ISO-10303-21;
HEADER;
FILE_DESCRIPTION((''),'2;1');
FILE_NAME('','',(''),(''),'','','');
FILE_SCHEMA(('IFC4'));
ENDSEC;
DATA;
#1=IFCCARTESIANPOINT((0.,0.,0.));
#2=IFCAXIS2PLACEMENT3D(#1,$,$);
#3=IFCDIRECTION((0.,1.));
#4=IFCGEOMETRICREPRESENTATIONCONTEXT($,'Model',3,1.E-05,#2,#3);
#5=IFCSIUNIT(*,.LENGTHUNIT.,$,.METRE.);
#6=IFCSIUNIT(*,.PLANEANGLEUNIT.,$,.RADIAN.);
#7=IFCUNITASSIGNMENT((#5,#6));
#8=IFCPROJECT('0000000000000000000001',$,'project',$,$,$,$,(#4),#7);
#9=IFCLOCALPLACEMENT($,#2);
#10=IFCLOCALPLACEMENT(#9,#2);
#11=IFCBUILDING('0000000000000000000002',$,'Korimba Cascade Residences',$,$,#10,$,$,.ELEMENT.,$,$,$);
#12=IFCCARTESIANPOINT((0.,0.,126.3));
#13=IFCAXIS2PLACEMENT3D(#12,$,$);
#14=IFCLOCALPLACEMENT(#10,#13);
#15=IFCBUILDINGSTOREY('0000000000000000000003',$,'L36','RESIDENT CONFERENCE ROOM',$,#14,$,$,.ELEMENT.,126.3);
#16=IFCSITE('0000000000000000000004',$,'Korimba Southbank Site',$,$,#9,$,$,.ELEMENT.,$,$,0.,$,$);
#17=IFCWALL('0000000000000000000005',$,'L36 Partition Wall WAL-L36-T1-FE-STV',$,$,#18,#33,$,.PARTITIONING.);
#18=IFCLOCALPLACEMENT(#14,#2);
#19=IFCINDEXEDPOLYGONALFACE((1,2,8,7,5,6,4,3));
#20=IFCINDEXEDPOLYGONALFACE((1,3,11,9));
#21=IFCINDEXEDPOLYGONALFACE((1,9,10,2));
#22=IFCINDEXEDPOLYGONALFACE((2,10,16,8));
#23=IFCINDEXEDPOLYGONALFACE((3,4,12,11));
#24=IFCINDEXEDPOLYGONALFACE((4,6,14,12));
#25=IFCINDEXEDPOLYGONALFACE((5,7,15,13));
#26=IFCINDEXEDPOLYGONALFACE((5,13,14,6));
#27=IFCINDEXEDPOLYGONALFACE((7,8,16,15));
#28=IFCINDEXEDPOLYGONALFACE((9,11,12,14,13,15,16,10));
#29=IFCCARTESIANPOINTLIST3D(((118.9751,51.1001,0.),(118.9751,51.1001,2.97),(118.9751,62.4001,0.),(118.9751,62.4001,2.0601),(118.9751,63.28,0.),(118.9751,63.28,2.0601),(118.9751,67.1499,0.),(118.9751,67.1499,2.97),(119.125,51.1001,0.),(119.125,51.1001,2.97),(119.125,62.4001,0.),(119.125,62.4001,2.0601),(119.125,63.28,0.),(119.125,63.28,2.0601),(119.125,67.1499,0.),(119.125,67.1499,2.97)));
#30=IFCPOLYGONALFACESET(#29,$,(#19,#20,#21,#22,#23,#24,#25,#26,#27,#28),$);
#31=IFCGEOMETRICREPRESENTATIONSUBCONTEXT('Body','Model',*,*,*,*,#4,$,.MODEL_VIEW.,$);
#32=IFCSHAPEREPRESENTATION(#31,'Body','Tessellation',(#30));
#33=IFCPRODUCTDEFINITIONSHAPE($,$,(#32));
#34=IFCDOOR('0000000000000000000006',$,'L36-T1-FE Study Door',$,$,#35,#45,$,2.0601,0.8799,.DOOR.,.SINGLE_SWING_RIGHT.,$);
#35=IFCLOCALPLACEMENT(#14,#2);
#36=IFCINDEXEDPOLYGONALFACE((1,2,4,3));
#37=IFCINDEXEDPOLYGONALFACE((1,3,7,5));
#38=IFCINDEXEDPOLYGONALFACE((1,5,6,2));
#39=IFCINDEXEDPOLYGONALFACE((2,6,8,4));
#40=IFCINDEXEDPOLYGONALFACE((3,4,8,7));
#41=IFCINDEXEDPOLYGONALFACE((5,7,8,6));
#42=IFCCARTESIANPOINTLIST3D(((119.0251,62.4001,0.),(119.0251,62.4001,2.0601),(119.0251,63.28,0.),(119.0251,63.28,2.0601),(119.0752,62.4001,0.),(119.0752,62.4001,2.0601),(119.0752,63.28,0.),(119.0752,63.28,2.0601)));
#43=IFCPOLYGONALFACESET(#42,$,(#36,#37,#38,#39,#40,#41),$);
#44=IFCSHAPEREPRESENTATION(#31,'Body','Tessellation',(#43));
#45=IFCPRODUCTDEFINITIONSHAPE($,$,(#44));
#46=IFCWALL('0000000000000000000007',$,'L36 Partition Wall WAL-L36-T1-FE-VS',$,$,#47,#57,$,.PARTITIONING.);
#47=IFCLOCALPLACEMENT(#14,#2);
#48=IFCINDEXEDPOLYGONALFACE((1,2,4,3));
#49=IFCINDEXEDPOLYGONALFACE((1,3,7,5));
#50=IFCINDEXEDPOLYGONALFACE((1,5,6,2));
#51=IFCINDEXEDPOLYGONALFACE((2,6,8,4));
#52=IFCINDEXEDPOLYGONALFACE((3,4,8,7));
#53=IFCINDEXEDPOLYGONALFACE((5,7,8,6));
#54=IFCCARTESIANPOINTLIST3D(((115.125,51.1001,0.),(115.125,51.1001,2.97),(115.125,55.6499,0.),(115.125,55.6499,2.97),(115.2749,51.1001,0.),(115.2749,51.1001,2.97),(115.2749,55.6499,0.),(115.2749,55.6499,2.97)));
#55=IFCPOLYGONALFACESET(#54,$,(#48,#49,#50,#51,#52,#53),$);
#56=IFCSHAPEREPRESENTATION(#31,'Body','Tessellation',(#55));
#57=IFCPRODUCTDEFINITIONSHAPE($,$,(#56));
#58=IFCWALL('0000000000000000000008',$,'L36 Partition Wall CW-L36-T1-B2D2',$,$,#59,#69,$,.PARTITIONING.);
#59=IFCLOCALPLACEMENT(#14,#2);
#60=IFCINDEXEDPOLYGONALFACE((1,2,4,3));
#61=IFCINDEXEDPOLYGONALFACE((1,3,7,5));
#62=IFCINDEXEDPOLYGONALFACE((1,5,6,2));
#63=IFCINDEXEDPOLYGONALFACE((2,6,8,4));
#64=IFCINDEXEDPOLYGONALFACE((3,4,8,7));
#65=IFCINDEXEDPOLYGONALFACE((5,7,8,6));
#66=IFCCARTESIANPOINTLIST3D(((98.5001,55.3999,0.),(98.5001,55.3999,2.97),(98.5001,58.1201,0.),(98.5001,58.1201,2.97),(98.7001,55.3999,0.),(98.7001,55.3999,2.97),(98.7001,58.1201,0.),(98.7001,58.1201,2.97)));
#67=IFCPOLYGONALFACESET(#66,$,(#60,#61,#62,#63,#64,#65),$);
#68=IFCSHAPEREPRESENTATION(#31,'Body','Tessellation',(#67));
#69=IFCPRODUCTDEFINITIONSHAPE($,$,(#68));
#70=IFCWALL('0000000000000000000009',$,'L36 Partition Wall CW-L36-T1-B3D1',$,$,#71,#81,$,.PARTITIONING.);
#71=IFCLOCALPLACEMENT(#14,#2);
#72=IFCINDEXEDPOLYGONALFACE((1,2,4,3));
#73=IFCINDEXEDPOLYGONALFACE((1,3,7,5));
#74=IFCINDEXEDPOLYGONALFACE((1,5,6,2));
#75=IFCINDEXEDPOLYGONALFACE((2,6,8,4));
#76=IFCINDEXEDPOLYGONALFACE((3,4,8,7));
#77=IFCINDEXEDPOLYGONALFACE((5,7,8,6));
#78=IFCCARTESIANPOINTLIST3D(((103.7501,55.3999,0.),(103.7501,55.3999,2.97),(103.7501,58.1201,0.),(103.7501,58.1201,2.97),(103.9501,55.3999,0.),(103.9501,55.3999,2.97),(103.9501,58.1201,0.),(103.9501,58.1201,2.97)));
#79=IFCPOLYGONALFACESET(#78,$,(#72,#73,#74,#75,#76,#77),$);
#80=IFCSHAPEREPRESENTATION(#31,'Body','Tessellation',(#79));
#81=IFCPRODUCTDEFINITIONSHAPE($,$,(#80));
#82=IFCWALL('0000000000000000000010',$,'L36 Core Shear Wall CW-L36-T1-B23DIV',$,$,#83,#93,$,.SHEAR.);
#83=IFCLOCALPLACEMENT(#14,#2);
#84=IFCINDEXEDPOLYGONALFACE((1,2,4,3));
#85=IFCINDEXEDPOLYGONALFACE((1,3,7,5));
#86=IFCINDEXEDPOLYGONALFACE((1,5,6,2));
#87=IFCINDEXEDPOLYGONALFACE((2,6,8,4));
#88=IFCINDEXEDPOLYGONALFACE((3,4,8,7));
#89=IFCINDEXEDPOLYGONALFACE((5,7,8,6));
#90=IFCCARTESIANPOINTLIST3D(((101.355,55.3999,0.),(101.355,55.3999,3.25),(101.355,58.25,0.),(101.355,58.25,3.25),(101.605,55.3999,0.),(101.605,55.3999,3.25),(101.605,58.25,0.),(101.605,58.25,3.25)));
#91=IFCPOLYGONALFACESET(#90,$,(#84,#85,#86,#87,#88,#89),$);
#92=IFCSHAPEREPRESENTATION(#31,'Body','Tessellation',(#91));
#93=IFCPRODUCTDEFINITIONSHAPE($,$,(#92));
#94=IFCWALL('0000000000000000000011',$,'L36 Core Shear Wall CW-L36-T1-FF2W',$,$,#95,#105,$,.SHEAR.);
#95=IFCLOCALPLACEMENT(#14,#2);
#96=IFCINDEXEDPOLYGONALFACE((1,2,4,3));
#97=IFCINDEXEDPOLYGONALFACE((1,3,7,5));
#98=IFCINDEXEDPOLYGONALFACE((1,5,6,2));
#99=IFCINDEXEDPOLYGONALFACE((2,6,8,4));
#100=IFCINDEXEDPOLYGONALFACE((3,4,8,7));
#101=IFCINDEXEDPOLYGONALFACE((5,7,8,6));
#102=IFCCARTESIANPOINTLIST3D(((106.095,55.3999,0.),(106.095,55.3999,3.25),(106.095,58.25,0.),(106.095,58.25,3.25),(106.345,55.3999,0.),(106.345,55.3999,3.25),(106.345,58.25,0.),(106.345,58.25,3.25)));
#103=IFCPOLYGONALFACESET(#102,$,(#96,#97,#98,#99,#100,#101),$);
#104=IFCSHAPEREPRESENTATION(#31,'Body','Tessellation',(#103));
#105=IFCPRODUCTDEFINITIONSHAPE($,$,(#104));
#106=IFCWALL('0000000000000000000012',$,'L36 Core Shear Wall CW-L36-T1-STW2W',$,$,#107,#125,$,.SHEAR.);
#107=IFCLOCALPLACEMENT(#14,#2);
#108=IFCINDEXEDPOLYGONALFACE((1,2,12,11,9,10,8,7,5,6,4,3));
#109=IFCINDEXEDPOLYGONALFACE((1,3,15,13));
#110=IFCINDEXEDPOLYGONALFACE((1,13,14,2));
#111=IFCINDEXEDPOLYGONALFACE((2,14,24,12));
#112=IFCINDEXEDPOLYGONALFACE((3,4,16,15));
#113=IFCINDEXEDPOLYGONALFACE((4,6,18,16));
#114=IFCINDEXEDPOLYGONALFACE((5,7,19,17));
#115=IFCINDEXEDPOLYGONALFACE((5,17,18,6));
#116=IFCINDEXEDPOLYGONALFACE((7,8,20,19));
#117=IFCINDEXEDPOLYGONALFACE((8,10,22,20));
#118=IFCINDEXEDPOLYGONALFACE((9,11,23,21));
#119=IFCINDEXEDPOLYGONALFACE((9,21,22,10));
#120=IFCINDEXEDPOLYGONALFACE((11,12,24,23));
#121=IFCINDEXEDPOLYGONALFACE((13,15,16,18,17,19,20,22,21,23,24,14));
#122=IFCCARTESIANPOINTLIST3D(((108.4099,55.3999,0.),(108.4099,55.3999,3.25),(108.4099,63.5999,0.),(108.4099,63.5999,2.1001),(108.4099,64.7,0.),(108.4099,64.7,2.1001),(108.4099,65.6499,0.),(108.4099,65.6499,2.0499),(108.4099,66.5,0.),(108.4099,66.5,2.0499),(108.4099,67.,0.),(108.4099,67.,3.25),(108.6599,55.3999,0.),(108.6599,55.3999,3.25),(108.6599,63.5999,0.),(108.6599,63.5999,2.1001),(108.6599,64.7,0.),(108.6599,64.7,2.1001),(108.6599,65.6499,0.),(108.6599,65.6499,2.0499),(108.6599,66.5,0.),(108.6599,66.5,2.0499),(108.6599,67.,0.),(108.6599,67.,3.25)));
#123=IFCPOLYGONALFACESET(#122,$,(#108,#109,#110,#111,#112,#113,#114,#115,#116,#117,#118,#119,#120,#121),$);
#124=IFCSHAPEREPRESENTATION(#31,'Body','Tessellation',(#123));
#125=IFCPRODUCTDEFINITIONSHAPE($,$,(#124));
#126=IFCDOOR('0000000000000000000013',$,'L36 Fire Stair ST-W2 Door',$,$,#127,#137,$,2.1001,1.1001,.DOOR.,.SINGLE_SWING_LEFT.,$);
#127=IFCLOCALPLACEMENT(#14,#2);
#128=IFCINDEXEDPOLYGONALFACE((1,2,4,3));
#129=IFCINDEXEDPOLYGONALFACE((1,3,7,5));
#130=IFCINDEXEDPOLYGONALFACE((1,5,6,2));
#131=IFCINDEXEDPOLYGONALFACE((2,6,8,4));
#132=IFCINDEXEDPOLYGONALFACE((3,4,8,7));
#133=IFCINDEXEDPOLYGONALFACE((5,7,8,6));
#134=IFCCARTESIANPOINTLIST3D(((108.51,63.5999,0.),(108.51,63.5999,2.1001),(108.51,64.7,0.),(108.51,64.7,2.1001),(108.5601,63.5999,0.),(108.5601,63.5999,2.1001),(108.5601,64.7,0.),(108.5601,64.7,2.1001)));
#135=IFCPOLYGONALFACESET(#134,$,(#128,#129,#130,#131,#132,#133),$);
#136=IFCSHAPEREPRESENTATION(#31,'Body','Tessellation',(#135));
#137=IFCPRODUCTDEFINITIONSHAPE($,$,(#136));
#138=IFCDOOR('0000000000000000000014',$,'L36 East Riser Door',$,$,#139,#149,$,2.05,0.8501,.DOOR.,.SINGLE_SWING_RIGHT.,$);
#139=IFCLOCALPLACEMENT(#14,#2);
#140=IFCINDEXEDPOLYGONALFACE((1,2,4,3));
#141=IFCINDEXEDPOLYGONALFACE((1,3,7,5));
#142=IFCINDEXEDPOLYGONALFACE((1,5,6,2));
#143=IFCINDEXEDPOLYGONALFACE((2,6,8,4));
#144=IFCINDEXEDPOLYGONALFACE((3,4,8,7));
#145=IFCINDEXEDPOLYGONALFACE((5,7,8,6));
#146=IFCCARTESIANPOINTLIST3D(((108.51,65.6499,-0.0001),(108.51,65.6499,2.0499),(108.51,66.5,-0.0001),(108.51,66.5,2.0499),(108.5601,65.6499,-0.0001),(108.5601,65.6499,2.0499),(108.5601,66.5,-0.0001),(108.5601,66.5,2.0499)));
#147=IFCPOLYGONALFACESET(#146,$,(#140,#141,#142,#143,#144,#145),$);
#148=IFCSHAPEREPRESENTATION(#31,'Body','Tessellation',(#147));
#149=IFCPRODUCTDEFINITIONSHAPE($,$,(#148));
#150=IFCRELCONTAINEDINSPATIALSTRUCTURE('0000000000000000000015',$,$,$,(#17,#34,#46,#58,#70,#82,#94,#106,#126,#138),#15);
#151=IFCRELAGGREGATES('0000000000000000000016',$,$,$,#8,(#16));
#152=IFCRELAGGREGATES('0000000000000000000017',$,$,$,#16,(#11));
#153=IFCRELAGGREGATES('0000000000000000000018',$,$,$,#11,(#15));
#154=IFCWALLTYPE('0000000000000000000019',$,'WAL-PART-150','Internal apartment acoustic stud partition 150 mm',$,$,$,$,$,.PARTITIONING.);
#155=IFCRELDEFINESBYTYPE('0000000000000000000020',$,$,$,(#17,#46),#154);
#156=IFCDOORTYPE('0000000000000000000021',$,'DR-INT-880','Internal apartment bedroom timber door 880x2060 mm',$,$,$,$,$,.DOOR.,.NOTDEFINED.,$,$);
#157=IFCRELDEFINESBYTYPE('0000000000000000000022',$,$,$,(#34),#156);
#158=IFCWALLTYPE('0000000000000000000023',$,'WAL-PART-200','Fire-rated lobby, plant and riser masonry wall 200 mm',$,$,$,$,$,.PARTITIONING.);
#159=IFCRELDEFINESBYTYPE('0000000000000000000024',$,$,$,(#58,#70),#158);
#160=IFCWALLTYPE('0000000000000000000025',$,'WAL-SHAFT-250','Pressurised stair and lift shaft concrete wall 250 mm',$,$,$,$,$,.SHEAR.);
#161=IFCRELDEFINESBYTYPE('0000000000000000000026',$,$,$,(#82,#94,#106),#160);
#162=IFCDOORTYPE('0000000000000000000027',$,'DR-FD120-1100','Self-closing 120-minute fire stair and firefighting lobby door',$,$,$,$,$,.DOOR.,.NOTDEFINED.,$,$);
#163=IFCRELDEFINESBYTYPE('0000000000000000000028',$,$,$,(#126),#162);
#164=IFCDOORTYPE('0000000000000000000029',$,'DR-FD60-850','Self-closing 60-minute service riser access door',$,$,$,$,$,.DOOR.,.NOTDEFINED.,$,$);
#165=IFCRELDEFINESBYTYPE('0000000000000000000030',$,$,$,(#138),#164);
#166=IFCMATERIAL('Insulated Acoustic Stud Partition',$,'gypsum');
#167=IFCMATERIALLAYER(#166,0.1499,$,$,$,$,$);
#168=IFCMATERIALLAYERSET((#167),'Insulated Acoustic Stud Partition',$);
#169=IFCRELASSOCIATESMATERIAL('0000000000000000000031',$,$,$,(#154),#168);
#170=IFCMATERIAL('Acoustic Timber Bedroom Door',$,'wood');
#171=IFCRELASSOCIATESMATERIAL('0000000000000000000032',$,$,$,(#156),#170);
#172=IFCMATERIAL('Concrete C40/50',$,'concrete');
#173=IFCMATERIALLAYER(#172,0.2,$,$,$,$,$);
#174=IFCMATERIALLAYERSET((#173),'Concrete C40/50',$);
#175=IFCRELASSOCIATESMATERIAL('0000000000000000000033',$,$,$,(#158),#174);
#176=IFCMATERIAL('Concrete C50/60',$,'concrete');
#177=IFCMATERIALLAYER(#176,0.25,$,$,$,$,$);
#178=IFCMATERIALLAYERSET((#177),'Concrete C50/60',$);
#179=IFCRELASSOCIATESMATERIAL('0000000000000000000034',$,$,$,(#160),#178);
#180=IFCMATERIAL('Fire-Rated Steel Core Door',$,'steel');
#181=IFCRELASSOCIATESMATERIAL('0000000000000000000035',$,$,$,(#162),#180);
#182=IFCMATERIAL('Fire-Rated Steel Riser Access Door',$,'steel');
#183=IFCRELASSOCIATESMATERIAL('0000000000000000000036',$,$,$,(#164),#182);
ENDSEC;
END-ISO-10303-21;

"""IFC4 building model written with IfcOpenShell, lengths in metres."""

from ifc_helpers import new_model, si_unit, direction, frame, frame_2d, origin, place, context, subcontext, project, spatial, rectangle, extrude, material, layer, layer_set, type_object, element, fill, save


model = new_model("IFC4")

# Units and contexts
model_context = context("Model", 3, precision=1e-05, world=origin(), true_north=direction((0.0, 1.0)))
body_context = subcontext(model_context, "Body", "Model", "MODEL_VIEW")
ifc_project = project(units=[si_unit("LENGTHUNIT", "METRE"), si_unit("PLANEANGLEUNIT", "RADIAN")], contexts=[model_context])

# Site, building, storey
site_placement = place(None, origin())
site = spatial("IfcSite", under=ifc_project, at=site_placement, Name="Korimba Southbank Site", CompositionType="ELEMENT", RefElevation=0.0)
building_placement = place(site_placement, origin())
building = spatial("IfcBuilding", under=site, at=building_placement, Name="Korimba Cascade Residences", CompositionType="ELEMENT")
storey_placement = place(building_placement, frame((0.0, 0.0, 126.3)))
storey = spatial("IfcBuildingStorey", under=building, at=storey_placement, Name="L36", Description="RESIDENT CONFERENCE ROOM", CompositionType="ELEMENT", Elevation=126.3)

# Wall, opening, door
ifc_material_1 = material(Name="Insulated Acoustic Stud Partition", Category="gypsum")
ifc_layer_1 = layer(ifc_material_1, 0.1499)
ifc_layer_set_1 = layer_set([ifc_layer_1], Name="Insulated Acoustic Stud Partition")
wall_type_1 = type_object("IfcWallType", Name="WAL-PART-150", Description="Internal apartment acoustic stud partition 150 mm", PredefinedType="PARTITIONING", material=ifc_layer_set_1)
wall_1_placement = place(storey_placement, frame((119.05, 51.1001, 0.0), z_axis=(0.0, 0.0, 1.0), x_axis=(0.0, 1.0, 0.0)))
wall_1 = element("IfcWall", 1, at=wall_1_placement, inside=storey, type_object=wall_type_1, Name="L36 Partition Wall WAL-L36-T1-FE-STV", PredefinedType="PARTITIONING", context=body_context, shape_type="SweptSolid", body=[
    extrude(rectangle(XDim=16.0498, YDim=0.1499, at=frame_2d((8.0249, 0.0))), origin(), (0.0, 0.0, 1.0), 2.97),
])
opening_1_placement = place(wall_1_placement, frame((11.3, 0.0, 0.0)))
opening_1 = element("IfcOpeningElement", 2, at=opening_1_placement, cuts=wall_1, PredefinedType="OPENING", context=body_context, shape_type="SweptSolid", body=[
    extrude(rectangle(XDim=0.8799, YDim=2.0601, at=frame_2d((0.4399, 1.03))), frame((0.0, 0.085, 0.0), z_axis=(0.0, -1.0, 0.0), x_axis=(1.0, 0.0, 0.0)), (0.0, 0.0, 1.0), 0.1699),
])
ifc_material_2 = material(Name="Acoustic Timber Bedroom Door", Category="wood")
door_type_1 = type_object("IfcDoorType", Name="DR-INT-880", Description="Internal apartment bedroom timber door 880x2060 mm", OperationType="NOTDEFINED", PredefinedType="DOOR", material=ifc_material_2)
door_1_placement = place(opening_1_placement, origin())
door_1 = element("IfcDoor", 3, at=door_1_placement, inside=storey, type_object=door_type_1, Name="L36-T1-FE Study Door", OperationType="SINGLE_SWING_RIGHT", OverallHeight=2.0601, OverallWidth=0.8799, PredefinedType="DOOR", context=body_context, shape_type="SweptSolid", body=[
    extrude(rectangle(XDim=0.8799, YDim=2.0601, at=frame_2d((0.4399, 1.03))), frame((0.0, 0.0249, 0.0), z_axis=(0.0, -1.0, 0.0), x_axis=(1.0, 0.0, 0.0)), (0.0, 0.0, 1.0), 0.05),
])
fill(opening_1, door_1)

# Walls
wall_2_placement = place(storey_placement, frame((115.2, 51.1001, 0.0), z_axis=(0.0, 0.0, 1.0), x_axis=(0.0, 1.0, 0.0)))
element("IfcWall", 4, at=wall_2_placement, inside=storey, type_object=wall_type_1, Name="L36 Partition Wall WAL-L36-T1-FE-VS", PredefinedType="PARTITIONING", context=body_context, shape_type="SweptSolid", body=[
    extrude(rectangle(XDim=4.5498, YDim=0.1499, at=frame_2d((2.2749, 0.0))), origin(), (0.0, 0.0, 1.0), 2.97),
])
ifc_material_3 = material(Name="Concrete C40/50", Category="concrete")
ifc_layer_2 = layer(ifc_material_3, 0.2)
ifc_layer_set_2 = layer_set([ifc_layer_2], Name="Concrete C40/50")
wall_type_2 = type_object("IfcWallType", Name="WAL-PART-200", Description="Fire-rated lobby, plant and riser masonry wall 200 mm", PredefinedType="PARTITIONING", material=ifc_layer_set_2)
for number, where, z_axis, x_axis, name in (
    (5, (98.6001, 55.3999, 0.0), (0.0, 0.0, 1.0), (0.0, 1.0, 0.0), "L36 Partition Wall CW-L36-T1-B2D2"),
    (6, (103.8501, 55.3999, 0.0), (0.0, 0.0, 1.0), (0.0, 1.0, 0.0), "L36 Partition Wall CW-L36-T1-B3D1"),
):
    element("IfcWall", number, at=place(storey_placement, frame(where, z_axis=z_axis, x_axis=x_axis)), inside=storey, type_object=wall_type_2, Name=name, PredefinedType="PARTITIONING", context=body_context, shape_type="SweptSolid", body=[
        extrude(rectangle(XDim=2.7202, YDim=0.2, at=frame_2d((1.3601, 0.0))), origin(), (0.0, 0.0, 1.0), 2.97),
    ])
ifc_material_4 = material(Name="Concrete C50/60", Category="concrete")
ifc_layer_3 = layer(ifc_material_4, 0.25)
ifc_layer_set_3 = layer_set([ifc_layer_3], Name="Concrete C50/60")
wall_type_3 = type_object("IfcWallType", Name="WAL-SHAFT-250", Description="Pressurised stair and lift shaft concrete wall 250 mm", PredefinedType="SHEAR", material=ifc_layer_set_3)
for number, where, z_axis, x_axis, name in (
    (7, (101.48, 55.3999, 0.0), (0.0, 0.0, 1.0), (0.0, 1.0, 0.0), "L36 Core Shear Wall CW-L36-T1-B23DIV"),
    (8, (106.22, 55.3999, 0.0), (0.0, 0.0, 1.0), (0.0, 1.0, 0.0), "L36 Core Shear Wall CW-L36-T1-FF2W"),
):
    element("IfcWall", number, at=place(storey_placement, frame(where, z_axis=z_axis, x_axis=x_axis)), inside=storey, type_object=wall_type_3, Name=name, PredefinedType="SHEAR", context=body_context, shape_type="SweptSolid", body=[
        extrude(rectangle(XDim=2.8501, YDim=0.25, at=frame_2d((1.425, 0.0))), origin(), (0.0, 0.0, 1.0), 3.25),
    ])

# Wall, openings, doors
wall_3_placement = place(storey_placement, frame((108.5349, 55.3999, 0.0), z_axis=(0.0, 0.0, 1.0), x_axis=(0.0, 1.0, 0.0)))
wall_3 = element("IfcWall", 9, at=wall_3_placement, inside=storey, type_object=wall_type_3, Name="L36 Core Shear Wall CW-L36-T1-STW2W", PredefinedType="SHEAR", context=body_context, shape_type="SweptSolid", body=[
    extrude(rectangle(XDim=11.6001, YDim=0.25, at=frame_2d((5.8, 0.0))), origin(), (0.0, 0.0, 1.0), 3.25),
])
opening_2_placement = place(wall_3_placement, frame((8.2, 0.0, 0.0)))
opening_2 = element("IfcOpeningElement", 10, at=opening_2_placement, cuts=wall_3, PredefinedType="OPENING", context=body_context, shape_type="SweptSolid", body=[
    extrude(rectangle(XDim=1.1001, YDim=2.1001, at=frame_2d((0.55, 1.05))), frame((0.0, 0.135, 0.0), z_axis=(0.0, -1.0, 0.0), x_axis=(1.0, 0.0, 0.0)), (0.0, 0.0, 1.0), 0.27),
])
opening_3_placement = place(wall_3_placement, frame((10.25, 0.0, 0.0)))
opening_3 = element("IfcOpeningElement", 11, at=opening_3_placement, cuts=wall_3, PredefinedType="OPENING", context=body_context, shape_type="SweptSolid", body=[
    extrude(rectangle(XDim=0.8501, YDim=2.05, at=frame_2d((0.425, 1.0249))), frame((0.0, 0.135, 0.0), z_axis=(0.0, -1.0, 0.0), x_axis=(1.0, 0.0, 0.0)), (0.0, 0.0, 1.0), 0.27),
])
ifc_material_5 = material(Name="Fire-Rated Steel Core Door", Category="steel")
door_type_2 = type_object("IfcDoorType", Name="DR-FD120-1100", Description="Self-closing 120-minute fire stair and firefighting lobby door", OperationType="NOTDEFINED", PredefinedType="DOOR", material=ifc_material_5)
door_2_placement = place(opening_2_placement, origin())
door_2 = element("IfcDoor", 12, at=door_2_placement, inside=storey, type_object=door_type_2, Name="L36 Fire Stair ST-W2 Door", OperationType="SINGLE_SWING_LEFT", OverallHeight=2.1001, OverallWidth=1.1001, PredefinedType="DOOR", context=body_context, shape_type="SweptSolid", body=[
    extrude(rectangle(XDim=1.1001, YDim=2.1001, at=frame_2d((0.55, 1.05))), frame((0.0, 0.0249, 0.0), z_axis=(0.0, -1.0, 0.0), x_axis=(1.0, 0.0, 0.0)), (0.0, 0.0, 1.0), 0.05),
])
fill(opening_2, door_2)
ifc_material_6 = material(Name="Fire-Rated Steel Riser Access Door", Category="steel")
door_type_3 = type_object("IfcDoorType", Name="DR-FD60-850", Description="Self-closing 60-minute service riser access door", OperationType="NOTDEFINED", PredefinedType="DOOR", material=ifc_material_6)
door_3_placement = place(opening_3_placement, origin())
door_3 = element("IfcDoor", 13, at=door_3_placement, inside=storey, type_object=door_type_3, Name="L36 East Riser Door", OperationType="SINGLE_SWING_RIGHT", OverallHeight=2.05, OverallWidth=0.8501, PredefinedType="DOOR", context=body_context, shape_type="SweptSolid", body=[
    extrude(rectangle(XDim=0.8501, YDim=2.05, at=frame_2d((0.425, 1.0249))), frame((0.0, 0.0249, 0.0), z_axis=(0.0, -1.0, 0.0), x_axis=(1.0, 0.0, 0.0)), (0.0, 0.0, 1.0), 0.05),
])
fill(opening_3, door_3)

save(model, "model.ifc")
